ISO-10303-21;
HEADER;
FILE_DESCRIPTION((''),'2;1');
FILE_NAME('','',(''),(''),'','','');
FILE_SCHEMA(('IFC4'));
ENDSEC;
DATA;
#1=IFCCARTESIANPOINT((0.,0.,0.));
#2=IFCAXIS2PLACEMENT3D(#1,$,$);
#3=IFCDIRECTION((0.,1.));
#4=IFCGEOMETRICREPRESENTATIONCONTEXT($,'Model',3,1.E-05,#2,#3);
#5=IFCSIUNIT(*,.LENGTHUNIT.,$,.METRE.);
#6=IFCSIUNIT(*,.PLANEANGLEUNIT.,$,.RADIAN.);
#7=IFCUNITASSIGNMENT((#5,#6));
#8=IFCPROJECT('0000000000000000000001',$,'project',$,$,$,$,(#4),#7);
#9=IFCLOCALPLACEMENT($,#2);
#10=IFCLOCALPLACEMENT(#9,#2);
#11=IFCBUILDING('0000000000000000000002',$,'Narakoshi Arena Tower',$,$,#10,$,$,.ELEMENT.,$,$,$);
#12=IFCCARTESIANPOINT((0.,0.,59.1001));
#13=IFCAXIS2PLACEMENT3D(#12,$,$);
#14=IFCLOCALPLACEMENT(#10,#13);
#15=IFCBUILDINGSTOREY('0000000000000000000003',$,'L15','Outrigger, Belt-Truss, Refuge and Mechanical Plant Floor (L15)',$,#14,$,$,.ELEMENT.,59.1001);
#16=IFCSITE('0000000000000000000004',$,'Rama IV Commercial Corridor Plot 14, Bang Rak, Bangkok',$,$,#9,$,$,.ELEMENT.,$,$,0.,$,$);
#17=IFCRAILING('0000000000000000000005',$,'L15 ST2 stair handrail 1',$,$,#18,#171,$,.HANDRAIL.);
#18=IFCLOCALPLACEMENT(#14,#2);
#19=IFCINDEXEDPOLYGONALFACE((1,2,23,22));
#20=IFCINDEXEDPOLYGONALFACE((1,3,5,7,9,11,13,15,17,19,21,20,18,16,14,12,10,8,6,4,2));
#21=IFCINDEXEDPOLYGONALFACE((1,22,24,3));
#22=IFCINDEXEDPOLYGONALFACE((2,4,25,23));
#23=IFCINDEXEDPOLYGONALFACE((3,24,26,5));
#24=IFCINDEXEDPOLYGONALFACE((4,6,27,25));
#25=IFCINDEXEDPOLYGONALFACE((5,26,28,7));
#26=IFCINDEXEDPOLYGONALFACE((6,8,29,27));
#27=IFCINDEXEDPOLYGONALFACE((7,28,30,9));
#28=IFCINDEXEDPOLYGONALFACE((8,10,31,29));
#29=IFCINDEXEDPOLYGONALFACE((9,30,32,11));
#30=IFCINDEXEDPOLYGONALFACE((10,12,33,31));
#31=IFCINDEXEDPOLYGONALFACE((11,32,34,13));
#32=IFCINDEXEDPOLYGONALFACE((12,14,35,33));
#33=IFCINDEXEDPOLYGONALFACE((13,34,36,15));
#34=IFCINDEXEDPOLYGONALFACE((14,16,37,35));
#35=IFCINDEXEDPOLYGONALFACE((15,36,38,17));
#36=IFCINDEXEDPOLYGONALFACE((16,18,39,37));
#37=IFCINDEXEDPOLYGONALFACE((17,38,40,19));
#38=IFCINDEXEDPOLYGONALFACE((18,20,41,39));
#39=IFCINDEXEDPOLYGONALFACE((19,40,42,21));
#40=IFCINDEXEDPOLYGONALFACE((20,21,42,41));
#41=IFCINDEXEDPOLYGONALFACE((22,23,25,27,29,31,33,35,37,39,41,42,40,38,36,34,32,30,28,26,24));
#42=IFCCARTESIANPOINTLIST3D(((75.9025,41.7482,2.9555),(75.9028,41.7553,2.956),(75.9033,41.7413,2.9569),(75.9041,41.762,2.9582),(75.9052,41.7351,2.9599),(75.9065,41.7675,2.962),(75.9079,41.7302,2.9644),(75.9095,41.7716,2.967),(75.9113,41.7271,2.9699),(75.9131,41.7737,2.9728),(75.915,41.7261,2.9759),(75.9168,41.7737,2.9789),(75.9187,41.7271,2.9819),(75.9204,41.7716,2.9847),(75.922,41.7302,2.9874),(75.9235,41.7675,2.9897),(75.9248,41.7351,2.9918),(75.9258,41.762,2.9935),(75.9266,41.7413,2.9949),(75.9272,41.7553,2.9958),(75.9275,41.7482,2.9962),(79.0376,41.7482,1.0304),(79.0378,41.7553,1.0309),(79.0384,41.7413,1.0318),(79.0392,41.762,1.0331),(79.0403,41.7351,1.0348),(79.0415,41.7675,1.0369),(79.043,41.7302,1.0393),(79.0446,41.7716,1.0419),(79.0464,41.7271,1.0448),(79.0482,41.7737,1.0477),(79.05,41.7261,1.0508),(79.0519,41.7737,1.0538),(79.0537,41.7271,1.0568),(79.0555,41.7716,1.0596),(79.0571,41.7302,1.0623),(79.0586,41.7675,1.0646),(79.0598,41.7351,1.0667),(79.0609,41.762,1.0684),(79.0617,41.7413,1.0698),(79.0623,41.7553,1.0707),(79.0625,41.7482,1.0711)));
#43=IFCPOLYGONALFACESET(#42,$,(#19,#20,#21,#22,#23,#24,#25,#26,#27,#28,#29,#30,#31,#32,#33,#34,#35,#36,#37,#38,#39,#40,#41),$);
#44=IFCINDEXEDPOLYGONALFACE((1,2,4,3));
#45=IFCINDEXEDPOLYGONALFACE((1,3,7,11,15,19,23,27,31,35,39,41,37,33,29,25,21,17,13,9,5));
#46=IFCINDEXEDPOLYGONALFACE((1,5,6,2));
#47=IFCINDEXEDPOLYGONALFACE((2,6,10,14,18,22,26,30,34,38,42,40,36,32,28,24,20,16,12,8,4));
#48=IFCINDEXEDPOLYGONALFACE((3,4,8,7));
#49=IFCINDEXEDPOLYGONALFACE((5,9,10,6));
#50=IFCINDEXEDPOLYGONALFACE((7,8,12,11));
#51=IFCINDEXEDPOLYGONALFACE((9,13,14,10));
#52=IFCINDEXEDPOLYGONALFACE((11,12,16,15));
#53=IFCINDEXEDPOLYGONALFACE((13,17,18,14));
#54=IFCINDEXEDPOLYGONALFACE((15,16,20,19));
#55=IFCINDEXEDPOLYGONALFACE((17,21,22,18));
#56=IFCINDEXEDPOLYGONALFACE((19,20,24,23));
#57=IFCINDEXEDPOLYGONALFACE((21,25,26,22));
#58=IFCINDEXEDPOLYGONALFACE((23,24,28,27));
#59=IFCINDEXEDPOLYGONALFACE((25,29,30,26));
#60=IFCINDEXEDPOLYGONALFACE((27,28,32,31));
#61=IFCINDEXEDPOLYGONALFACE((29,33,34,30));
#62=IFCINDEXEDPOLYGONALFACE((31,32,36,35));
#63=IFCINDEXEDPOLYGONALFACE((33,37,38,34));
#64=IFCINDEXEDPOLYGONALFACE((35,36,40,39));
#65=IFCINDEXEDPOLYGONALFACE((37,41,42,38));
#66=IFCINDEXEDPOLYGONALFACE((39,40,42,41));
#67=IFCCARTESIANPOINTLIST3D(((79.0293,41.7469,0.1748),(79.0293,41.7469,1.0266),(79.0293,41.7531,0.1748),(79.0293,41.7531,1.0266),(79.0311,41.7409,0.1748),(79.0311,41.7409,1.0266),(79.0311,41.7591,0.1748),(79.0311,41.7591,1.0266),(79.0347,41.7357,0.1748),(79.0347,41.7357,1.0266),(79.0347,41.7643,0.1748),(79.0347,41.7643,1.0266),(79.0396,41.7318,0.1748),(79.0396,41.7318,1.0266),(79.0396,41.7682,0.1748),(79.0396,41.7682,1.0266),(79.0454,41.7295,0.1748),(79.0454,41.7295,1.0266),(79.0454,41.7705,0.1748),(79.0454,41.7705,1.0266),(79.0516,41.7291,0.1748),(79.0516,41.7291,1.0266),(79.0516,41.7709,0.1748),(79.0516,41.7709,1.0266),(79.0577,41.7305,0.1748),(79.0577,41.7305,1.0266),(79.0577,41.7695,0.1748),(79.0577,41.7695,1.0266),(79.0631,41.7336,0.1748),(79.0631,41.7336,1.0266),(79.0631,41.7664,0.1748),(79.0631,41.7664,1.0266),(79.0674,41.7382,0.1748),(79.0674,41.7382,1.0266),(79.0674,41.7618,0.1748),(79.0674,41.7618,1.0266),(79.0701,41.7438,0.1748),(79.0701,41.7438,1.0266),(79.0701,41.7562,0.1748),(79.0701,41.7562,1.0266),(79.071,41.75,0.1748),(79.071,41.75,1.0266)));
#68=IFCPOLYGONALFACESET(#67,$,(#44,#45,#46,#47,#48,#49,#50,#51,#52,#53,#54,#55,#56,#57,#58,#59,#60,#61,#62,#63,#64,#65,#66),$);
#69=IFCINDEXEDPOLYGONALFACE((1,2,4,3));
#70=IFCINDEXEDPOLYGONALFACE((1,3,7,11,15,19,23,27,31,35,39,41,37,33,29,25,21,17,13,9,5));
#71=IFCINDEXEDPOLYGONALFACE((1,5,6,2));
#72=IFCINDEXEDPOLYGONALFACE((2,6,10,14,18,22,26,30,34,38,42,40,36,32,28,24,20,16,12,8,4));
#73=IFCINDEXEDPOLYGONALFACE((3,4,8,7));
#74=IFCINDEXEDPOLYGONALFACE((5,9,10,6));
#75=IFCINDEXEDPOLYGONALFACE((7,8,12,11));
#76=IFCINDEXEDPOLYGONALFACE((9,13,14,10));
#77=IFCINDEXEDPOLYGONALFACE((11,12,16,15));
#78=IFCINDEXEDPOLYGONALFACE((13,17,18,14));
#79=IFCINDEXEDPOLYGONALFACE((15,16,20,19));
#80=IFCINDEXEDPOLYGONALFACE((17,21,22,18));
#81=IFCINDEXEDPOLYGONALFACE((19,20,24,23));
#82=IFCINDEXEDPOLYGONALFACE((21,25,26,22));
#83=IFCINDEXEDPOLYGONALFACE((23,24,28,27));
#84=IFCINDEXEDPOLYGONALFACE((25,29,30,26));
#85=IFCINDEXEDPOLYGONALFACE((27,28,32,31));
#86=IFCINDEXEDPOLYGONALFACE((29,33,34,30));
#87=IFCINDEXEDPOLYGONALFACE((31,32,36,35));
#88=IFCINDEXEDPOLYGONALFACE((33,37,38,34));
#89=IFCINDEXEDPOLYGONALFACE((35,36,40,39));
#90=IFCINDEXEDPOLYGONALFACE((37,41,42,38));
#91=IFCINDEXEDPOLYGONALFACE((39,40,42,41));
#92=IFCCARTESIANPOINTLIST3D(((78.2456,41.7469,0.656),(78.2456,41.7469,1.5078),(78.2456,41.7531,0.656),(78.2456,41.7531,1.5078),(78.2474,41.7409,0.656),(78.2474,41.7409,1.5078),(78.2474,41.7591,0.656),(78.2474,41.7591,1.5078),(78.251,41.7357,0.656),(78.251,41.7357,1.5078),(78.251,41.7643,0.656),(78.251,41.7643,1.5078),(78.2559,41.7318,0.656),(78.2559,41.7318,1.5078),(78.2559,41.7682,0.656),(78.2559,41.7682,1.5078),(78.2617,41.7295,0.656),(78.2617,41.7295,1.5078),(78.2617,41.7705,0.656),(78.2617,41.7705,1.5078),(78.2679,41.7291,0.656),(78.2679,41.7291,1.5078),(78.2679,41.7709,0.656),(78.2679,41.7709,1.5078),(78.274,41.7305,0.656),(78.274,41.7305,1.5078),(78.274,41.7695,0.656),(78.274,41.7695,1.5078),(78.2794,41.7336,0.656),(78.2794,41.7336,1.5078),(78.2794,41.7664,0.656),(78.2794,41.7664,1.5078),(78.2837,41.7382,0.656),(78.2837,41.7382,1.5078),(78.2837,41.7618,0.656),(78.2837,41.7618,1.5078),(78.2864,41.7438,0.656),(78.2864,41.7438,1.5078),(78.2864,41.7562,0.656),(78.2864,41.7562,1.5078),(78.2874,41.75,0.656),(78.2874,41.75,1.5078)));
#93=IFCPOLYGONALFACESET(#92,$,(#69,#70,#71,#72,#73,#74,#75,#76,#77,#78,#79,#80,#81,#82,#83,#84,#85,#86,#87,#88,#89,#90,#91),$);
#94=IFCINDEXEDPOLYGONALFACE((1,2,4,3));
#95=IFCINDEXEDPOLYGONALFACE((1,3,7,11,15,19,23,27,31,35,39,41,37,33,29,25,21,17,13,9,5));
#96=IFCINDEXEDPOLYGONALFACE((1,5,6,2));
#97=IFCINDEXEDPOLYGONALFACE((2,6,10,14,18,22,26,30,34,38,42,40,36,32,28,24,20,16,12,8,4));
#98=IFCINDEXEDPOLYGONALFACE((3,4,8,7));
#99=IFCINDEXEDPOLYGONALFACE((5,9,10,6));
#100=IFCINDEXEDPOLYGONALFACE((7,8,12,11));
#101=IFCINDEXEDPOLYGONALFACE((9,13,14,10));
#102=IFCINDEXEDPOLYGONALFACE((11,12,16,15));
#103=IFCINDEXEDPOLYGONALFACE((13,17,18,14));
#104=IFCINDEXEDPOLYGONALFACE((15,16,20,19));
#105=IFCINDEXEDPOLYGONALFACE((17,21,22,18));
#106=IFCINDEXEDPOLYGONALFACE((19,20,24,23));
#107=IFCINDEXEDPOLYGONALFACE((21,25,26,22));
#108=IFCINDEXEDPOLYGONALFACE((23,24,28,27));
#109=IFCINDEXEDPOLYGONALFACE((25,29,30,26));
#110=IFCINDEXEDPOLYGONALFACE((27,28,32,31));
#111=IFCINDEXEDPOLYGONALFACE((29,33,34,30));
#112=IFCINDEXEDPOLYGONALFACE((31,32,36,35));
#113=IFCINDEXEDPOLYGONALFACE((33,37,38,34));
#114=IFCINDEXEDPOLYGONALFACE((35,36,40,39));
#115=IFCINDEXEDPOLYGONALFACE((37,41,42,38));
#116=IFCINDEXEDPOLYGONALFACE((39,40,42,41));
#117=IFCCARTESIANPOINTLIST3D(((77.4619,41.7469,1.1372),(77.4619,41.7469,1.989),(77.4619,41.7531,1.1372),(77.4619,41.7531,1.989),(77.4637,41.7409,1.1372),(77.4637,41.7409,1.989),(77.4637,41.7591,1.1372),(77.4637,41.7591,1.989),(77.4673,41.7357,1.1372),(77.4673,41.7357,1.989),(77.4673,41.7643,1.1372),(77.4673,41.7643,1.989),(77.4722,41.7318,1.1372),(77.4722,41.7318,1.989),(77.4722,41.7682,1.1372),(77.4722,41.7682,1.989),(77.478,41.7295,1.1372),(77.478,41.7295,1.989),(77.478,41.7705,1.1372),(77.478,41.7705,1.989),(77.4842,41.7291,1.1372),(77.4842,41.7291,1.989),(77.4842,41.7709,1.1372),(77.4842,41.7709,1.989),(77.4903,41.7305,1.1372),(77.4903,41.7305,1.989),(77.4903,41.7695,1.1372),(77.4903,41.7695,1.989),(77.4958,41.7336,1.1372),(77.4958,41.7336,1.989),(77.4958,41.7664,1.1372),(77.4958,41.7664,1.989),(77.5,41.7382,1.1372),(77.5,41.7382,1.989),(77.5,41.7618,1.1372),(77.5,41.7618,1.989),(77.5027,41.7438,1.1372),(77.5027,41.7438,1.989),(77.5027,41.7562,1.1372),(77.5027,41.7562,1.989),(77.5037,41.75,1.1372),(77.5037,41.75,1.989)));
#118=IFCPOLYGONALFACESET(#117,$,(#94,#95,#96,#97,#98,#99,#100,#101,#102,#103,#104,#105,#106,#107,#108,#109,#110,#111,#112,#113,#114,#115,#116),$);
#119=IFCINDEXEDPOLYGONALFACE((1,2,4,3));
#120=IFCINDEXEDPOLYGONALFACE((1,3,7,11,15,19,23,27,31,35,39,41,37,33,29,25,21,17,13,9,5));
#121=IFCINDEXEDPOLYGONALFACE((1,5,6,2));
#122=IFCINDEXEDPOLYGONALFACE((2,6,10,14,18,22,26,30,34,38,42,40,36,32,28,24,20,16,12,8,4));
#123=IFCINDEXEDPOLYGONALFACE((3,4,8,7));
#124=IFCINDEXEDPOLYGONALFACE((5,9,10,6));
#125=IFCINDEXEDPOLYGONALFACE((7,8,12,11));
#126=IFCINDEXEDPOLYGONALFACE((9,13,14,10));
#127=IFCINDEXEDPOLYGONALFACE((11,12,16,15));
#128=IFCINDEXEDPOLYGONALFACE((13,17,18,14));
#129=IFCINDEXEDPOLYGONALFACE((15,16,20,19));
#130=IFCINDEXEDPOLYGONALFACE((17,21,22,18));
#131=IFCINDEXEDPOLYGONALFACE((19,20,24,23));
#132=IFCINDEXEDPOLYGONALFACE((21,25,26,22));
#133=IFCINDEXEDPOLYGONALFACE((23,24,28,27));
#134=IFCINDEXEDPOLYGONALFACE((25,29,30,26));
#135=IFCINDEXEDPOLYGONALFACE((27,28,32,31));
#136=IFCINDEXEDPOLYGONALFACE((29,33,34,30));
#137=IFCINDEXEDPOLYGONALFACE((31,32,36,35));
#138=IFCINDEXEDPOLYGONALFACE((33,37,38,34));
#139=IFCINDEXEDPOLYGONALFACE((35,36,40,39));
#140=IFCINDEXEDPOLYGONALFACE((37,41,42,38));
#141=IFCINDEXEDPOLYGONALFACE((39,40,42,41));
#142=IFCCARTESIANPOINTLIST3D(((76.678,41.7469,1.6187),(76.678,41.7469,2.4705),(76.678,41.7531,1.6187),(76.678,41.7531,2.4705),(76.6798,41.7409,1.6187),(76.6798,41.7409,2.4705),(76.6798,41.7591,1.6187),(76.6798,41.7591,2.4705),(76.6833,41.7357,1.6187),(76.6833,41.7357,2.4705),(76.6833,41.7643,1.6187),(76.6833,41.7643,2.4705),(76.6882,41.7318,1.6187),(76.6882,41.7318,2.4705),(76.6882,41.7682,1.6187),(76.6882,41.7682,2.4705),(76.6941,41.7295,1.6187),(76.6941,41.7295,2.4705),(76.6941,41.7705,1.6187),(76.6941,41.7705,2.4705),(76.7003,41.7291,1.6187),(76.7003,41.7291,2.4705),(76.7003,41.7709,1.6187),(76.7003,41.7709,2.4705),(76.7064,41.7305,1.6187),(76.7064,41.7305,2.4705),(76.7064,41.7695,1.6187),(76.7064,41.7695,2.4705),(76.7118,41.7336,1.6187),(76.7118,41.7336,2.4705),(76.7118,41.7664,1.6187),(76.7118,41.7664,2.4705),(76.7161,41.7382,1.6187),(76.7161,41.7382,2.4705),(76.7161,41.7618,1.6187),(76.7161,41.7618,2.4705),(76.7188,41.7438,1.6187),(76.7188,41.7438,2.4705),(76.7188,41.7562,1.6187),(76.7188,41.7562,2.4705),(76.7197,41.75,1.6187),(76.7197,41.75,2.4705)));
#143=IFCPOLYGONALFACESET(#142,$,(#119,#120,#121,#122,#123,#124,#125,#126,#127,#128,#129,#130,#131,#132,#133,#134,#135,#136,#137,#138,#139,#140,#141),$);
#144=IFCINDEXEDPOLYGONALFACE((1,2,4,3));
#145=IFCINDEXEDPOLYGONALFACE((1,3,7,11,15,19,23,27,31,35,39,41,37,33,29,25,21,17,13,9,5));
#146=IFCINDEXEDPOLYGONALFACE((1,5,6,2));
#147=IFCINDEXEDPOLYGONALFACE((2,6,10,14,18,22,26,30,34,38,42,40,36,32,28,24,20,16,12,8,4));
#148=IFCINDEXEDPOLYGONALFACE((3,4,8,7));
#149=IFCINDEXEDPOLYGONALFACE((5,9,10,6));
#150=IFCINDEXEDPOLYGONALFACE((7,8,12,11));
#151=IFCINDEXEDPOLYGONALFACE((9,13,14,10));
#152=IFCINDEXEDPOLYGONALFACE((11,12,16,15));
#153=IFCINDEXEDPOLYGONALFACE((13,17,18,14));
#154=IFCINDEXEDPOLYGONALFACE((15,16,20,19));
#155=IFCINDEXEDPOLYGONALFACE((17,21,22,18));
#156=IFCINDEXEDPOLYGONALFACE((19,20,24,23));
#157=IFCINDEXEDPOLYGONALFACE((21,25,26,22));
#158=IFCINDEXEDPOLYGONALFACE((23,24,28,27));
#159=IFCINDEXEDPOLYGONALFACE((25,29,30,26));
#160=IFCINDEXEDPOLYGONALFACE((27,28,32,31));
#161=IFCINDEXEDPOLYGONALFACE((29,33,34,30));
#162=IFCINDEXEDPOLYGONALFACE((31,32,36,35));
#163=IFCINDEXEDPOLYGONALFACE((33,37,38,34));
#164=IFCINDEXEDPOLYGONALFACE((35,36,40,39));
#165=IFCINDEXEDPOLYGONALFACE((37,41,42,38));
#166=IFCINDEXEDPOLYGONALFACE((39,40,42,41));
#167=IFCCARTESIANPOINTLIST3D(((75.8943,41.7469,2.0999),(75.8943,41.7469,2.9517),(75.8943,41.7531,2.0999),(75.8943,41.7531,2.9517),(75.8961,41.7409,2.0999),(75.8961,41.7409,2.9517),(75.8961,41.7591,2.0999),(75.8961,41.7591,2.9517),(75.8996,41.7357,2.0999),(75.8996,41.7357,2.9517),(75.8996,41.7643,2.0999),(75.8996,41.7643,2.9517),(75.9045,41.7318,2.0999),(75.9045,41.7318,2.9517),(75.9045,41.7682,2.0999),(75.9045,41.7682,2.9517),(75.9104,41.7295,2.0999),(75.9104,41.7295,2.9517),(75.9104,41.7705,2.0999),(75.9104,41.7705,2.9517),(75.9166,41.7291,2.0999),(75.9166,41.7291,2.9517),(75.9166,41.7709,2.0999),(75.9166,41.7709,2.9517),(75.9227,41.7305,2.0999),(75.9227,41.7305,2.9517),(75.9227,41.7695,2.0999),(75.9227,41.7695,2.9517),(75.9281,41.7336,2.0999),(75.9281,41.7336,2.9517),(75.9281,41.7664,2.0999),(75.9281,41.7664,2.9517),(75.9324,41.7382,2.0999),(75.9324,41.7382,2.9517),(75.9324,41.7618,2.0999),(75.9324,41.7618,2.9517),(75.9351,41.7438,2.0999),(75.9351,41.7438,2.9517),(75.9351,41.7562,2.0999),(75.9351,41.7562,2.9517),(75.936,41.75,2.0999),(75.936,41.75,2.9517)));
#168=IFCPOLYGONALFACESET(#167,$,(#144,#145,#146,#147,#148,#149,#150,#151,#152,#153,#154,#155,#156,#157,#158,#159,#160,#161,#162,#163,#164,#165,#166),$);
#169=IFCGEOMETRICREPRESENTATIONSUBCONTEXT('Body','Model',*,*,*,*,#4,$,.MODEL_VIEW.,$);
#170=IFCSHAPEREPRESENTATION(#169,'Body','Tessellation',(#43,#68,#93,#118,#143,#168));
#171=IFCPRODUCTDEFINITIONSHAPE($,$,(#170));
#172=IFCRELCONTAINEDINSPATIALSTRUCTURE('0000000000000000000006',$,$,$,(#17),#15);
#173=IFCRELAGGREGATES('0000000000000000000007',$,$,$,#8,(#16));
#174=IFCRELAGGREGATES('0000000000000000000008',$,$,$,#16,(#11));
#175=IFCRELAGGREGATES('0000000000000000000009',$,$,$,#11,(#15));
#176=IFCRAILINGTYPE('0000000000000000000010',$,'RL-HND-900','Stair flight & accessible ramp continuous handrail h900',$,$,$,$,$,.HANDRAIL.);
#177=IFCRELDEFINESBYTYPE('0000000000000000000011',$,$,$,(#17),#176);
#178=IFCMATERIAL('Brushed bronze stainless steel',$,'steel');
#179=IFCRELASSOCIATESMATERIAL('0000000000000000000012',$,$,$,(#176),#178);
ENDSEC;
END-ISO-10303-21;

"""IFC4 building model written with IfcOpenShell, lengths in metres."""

from ifc_helpers import new_model, si_unit, direction, frame, origin, origin_2d, place, context, subcontext, project, spatial, circle, extrude, material, type_object, element, save


model = new_model("IFC4")

# Units and contexts
model_context = context("Model", 3, precision=1e-05, world=origin(), true_north=direction((0.0, 1.0)))
body_context = subcontext(model_context, "Body", "Model", "MODEL_VIEW")
ifc_project = project(units=[si_unit("LENGTHUNIT", "METRE"), si_unit("PLANEANGLEUNIT", "RADIAN")], contexts=[model_context])

# Site, building, storey
site_placement = place(None, origin())
site = spatial("IfcSite", under=ifc_project, at=site_placement, Name="Rama IV Commercial Corridor Plot 14, Bang Rak, Bangkok", CompositionType="ELEMENT", RefElevation=0.0)
building_placement = place(site_placement, origin())
building = spatial("IfcBuilding", under=site, at=building_placement, Name="Narakoshi Arena Tower", CompositionType="ELEMENT")
storey_placement = place(building_placement, frame((0.0, 0.0, 59.1001)))
storey = spatial("IfcBuildingStorey", under=building, at=storey_placement, Name="L15", Description="Outrigger, Belt-Truss, Refuge and Mechanical Plant Floor (L15)", CompositionType="ELEMENT", Elevation=59.1001)

# Railing
ifc_material_1 = material(Name="Brushed bronze stainless steel", Category="steel")
railing_type_1 = type_object("IfcRailingType", Name="RL-HND-900", Description="Stair flight & accessible ramp continuous handrail h900", PredefinedType="HANDRAIL", material=ifc_material_1)
for number, where, name in (
    (1, (79.05, 41.75, 0.1748), "L15 ST2 stair handrail 1"),
):
    element("IfcRailing", number, at=place(storey_placement, frame(where)), inside=storey, type_object=railing_type_1, Name=name, PredefinedType="HANDRAIL", context=body_context, shape_type="SweptSolid", body=[
        extrude(circle(Radius=0.0239, at=origin_2d()), frame((0.0, 0.0, 0.876), z_axis=(-0.852166, 0.0, 0.523271), x_axis=(0.0, -1.0, 0.0)), (0.0, 0.0, 1.0), 3.679),
        extrude(circle(Radius=0.021, at=origin_2d()), origin(), (0.0, 0.0, 1.0), 0.8518),
        extrude(circle(Radius=0.021, at=origin_2d()), frame((-0.7837, 0.0, 0.4812)), (0.0, 0.0, 1.0), 0.8518),
        extrude(circle(Radius=0.021, at=origin_2d()), frame((-1.5674, 0.0, 0.9624)), (0.0, 0.0, 1.0), 0.8518),
        extrude(circle(Radius=0.021, at=origin_2d()), frame((-2.3513, 0.0, 1.4438)), (0.0, 0.0, 1.0), 0.8518),
        extrude(circle(Radius=0.021, at=origin_2d()), frame((-3.135, 0.0, 1.925)), (0.0, 0.0, 1.0), 0.8518),
    ])

save(model, "model.ifc")
